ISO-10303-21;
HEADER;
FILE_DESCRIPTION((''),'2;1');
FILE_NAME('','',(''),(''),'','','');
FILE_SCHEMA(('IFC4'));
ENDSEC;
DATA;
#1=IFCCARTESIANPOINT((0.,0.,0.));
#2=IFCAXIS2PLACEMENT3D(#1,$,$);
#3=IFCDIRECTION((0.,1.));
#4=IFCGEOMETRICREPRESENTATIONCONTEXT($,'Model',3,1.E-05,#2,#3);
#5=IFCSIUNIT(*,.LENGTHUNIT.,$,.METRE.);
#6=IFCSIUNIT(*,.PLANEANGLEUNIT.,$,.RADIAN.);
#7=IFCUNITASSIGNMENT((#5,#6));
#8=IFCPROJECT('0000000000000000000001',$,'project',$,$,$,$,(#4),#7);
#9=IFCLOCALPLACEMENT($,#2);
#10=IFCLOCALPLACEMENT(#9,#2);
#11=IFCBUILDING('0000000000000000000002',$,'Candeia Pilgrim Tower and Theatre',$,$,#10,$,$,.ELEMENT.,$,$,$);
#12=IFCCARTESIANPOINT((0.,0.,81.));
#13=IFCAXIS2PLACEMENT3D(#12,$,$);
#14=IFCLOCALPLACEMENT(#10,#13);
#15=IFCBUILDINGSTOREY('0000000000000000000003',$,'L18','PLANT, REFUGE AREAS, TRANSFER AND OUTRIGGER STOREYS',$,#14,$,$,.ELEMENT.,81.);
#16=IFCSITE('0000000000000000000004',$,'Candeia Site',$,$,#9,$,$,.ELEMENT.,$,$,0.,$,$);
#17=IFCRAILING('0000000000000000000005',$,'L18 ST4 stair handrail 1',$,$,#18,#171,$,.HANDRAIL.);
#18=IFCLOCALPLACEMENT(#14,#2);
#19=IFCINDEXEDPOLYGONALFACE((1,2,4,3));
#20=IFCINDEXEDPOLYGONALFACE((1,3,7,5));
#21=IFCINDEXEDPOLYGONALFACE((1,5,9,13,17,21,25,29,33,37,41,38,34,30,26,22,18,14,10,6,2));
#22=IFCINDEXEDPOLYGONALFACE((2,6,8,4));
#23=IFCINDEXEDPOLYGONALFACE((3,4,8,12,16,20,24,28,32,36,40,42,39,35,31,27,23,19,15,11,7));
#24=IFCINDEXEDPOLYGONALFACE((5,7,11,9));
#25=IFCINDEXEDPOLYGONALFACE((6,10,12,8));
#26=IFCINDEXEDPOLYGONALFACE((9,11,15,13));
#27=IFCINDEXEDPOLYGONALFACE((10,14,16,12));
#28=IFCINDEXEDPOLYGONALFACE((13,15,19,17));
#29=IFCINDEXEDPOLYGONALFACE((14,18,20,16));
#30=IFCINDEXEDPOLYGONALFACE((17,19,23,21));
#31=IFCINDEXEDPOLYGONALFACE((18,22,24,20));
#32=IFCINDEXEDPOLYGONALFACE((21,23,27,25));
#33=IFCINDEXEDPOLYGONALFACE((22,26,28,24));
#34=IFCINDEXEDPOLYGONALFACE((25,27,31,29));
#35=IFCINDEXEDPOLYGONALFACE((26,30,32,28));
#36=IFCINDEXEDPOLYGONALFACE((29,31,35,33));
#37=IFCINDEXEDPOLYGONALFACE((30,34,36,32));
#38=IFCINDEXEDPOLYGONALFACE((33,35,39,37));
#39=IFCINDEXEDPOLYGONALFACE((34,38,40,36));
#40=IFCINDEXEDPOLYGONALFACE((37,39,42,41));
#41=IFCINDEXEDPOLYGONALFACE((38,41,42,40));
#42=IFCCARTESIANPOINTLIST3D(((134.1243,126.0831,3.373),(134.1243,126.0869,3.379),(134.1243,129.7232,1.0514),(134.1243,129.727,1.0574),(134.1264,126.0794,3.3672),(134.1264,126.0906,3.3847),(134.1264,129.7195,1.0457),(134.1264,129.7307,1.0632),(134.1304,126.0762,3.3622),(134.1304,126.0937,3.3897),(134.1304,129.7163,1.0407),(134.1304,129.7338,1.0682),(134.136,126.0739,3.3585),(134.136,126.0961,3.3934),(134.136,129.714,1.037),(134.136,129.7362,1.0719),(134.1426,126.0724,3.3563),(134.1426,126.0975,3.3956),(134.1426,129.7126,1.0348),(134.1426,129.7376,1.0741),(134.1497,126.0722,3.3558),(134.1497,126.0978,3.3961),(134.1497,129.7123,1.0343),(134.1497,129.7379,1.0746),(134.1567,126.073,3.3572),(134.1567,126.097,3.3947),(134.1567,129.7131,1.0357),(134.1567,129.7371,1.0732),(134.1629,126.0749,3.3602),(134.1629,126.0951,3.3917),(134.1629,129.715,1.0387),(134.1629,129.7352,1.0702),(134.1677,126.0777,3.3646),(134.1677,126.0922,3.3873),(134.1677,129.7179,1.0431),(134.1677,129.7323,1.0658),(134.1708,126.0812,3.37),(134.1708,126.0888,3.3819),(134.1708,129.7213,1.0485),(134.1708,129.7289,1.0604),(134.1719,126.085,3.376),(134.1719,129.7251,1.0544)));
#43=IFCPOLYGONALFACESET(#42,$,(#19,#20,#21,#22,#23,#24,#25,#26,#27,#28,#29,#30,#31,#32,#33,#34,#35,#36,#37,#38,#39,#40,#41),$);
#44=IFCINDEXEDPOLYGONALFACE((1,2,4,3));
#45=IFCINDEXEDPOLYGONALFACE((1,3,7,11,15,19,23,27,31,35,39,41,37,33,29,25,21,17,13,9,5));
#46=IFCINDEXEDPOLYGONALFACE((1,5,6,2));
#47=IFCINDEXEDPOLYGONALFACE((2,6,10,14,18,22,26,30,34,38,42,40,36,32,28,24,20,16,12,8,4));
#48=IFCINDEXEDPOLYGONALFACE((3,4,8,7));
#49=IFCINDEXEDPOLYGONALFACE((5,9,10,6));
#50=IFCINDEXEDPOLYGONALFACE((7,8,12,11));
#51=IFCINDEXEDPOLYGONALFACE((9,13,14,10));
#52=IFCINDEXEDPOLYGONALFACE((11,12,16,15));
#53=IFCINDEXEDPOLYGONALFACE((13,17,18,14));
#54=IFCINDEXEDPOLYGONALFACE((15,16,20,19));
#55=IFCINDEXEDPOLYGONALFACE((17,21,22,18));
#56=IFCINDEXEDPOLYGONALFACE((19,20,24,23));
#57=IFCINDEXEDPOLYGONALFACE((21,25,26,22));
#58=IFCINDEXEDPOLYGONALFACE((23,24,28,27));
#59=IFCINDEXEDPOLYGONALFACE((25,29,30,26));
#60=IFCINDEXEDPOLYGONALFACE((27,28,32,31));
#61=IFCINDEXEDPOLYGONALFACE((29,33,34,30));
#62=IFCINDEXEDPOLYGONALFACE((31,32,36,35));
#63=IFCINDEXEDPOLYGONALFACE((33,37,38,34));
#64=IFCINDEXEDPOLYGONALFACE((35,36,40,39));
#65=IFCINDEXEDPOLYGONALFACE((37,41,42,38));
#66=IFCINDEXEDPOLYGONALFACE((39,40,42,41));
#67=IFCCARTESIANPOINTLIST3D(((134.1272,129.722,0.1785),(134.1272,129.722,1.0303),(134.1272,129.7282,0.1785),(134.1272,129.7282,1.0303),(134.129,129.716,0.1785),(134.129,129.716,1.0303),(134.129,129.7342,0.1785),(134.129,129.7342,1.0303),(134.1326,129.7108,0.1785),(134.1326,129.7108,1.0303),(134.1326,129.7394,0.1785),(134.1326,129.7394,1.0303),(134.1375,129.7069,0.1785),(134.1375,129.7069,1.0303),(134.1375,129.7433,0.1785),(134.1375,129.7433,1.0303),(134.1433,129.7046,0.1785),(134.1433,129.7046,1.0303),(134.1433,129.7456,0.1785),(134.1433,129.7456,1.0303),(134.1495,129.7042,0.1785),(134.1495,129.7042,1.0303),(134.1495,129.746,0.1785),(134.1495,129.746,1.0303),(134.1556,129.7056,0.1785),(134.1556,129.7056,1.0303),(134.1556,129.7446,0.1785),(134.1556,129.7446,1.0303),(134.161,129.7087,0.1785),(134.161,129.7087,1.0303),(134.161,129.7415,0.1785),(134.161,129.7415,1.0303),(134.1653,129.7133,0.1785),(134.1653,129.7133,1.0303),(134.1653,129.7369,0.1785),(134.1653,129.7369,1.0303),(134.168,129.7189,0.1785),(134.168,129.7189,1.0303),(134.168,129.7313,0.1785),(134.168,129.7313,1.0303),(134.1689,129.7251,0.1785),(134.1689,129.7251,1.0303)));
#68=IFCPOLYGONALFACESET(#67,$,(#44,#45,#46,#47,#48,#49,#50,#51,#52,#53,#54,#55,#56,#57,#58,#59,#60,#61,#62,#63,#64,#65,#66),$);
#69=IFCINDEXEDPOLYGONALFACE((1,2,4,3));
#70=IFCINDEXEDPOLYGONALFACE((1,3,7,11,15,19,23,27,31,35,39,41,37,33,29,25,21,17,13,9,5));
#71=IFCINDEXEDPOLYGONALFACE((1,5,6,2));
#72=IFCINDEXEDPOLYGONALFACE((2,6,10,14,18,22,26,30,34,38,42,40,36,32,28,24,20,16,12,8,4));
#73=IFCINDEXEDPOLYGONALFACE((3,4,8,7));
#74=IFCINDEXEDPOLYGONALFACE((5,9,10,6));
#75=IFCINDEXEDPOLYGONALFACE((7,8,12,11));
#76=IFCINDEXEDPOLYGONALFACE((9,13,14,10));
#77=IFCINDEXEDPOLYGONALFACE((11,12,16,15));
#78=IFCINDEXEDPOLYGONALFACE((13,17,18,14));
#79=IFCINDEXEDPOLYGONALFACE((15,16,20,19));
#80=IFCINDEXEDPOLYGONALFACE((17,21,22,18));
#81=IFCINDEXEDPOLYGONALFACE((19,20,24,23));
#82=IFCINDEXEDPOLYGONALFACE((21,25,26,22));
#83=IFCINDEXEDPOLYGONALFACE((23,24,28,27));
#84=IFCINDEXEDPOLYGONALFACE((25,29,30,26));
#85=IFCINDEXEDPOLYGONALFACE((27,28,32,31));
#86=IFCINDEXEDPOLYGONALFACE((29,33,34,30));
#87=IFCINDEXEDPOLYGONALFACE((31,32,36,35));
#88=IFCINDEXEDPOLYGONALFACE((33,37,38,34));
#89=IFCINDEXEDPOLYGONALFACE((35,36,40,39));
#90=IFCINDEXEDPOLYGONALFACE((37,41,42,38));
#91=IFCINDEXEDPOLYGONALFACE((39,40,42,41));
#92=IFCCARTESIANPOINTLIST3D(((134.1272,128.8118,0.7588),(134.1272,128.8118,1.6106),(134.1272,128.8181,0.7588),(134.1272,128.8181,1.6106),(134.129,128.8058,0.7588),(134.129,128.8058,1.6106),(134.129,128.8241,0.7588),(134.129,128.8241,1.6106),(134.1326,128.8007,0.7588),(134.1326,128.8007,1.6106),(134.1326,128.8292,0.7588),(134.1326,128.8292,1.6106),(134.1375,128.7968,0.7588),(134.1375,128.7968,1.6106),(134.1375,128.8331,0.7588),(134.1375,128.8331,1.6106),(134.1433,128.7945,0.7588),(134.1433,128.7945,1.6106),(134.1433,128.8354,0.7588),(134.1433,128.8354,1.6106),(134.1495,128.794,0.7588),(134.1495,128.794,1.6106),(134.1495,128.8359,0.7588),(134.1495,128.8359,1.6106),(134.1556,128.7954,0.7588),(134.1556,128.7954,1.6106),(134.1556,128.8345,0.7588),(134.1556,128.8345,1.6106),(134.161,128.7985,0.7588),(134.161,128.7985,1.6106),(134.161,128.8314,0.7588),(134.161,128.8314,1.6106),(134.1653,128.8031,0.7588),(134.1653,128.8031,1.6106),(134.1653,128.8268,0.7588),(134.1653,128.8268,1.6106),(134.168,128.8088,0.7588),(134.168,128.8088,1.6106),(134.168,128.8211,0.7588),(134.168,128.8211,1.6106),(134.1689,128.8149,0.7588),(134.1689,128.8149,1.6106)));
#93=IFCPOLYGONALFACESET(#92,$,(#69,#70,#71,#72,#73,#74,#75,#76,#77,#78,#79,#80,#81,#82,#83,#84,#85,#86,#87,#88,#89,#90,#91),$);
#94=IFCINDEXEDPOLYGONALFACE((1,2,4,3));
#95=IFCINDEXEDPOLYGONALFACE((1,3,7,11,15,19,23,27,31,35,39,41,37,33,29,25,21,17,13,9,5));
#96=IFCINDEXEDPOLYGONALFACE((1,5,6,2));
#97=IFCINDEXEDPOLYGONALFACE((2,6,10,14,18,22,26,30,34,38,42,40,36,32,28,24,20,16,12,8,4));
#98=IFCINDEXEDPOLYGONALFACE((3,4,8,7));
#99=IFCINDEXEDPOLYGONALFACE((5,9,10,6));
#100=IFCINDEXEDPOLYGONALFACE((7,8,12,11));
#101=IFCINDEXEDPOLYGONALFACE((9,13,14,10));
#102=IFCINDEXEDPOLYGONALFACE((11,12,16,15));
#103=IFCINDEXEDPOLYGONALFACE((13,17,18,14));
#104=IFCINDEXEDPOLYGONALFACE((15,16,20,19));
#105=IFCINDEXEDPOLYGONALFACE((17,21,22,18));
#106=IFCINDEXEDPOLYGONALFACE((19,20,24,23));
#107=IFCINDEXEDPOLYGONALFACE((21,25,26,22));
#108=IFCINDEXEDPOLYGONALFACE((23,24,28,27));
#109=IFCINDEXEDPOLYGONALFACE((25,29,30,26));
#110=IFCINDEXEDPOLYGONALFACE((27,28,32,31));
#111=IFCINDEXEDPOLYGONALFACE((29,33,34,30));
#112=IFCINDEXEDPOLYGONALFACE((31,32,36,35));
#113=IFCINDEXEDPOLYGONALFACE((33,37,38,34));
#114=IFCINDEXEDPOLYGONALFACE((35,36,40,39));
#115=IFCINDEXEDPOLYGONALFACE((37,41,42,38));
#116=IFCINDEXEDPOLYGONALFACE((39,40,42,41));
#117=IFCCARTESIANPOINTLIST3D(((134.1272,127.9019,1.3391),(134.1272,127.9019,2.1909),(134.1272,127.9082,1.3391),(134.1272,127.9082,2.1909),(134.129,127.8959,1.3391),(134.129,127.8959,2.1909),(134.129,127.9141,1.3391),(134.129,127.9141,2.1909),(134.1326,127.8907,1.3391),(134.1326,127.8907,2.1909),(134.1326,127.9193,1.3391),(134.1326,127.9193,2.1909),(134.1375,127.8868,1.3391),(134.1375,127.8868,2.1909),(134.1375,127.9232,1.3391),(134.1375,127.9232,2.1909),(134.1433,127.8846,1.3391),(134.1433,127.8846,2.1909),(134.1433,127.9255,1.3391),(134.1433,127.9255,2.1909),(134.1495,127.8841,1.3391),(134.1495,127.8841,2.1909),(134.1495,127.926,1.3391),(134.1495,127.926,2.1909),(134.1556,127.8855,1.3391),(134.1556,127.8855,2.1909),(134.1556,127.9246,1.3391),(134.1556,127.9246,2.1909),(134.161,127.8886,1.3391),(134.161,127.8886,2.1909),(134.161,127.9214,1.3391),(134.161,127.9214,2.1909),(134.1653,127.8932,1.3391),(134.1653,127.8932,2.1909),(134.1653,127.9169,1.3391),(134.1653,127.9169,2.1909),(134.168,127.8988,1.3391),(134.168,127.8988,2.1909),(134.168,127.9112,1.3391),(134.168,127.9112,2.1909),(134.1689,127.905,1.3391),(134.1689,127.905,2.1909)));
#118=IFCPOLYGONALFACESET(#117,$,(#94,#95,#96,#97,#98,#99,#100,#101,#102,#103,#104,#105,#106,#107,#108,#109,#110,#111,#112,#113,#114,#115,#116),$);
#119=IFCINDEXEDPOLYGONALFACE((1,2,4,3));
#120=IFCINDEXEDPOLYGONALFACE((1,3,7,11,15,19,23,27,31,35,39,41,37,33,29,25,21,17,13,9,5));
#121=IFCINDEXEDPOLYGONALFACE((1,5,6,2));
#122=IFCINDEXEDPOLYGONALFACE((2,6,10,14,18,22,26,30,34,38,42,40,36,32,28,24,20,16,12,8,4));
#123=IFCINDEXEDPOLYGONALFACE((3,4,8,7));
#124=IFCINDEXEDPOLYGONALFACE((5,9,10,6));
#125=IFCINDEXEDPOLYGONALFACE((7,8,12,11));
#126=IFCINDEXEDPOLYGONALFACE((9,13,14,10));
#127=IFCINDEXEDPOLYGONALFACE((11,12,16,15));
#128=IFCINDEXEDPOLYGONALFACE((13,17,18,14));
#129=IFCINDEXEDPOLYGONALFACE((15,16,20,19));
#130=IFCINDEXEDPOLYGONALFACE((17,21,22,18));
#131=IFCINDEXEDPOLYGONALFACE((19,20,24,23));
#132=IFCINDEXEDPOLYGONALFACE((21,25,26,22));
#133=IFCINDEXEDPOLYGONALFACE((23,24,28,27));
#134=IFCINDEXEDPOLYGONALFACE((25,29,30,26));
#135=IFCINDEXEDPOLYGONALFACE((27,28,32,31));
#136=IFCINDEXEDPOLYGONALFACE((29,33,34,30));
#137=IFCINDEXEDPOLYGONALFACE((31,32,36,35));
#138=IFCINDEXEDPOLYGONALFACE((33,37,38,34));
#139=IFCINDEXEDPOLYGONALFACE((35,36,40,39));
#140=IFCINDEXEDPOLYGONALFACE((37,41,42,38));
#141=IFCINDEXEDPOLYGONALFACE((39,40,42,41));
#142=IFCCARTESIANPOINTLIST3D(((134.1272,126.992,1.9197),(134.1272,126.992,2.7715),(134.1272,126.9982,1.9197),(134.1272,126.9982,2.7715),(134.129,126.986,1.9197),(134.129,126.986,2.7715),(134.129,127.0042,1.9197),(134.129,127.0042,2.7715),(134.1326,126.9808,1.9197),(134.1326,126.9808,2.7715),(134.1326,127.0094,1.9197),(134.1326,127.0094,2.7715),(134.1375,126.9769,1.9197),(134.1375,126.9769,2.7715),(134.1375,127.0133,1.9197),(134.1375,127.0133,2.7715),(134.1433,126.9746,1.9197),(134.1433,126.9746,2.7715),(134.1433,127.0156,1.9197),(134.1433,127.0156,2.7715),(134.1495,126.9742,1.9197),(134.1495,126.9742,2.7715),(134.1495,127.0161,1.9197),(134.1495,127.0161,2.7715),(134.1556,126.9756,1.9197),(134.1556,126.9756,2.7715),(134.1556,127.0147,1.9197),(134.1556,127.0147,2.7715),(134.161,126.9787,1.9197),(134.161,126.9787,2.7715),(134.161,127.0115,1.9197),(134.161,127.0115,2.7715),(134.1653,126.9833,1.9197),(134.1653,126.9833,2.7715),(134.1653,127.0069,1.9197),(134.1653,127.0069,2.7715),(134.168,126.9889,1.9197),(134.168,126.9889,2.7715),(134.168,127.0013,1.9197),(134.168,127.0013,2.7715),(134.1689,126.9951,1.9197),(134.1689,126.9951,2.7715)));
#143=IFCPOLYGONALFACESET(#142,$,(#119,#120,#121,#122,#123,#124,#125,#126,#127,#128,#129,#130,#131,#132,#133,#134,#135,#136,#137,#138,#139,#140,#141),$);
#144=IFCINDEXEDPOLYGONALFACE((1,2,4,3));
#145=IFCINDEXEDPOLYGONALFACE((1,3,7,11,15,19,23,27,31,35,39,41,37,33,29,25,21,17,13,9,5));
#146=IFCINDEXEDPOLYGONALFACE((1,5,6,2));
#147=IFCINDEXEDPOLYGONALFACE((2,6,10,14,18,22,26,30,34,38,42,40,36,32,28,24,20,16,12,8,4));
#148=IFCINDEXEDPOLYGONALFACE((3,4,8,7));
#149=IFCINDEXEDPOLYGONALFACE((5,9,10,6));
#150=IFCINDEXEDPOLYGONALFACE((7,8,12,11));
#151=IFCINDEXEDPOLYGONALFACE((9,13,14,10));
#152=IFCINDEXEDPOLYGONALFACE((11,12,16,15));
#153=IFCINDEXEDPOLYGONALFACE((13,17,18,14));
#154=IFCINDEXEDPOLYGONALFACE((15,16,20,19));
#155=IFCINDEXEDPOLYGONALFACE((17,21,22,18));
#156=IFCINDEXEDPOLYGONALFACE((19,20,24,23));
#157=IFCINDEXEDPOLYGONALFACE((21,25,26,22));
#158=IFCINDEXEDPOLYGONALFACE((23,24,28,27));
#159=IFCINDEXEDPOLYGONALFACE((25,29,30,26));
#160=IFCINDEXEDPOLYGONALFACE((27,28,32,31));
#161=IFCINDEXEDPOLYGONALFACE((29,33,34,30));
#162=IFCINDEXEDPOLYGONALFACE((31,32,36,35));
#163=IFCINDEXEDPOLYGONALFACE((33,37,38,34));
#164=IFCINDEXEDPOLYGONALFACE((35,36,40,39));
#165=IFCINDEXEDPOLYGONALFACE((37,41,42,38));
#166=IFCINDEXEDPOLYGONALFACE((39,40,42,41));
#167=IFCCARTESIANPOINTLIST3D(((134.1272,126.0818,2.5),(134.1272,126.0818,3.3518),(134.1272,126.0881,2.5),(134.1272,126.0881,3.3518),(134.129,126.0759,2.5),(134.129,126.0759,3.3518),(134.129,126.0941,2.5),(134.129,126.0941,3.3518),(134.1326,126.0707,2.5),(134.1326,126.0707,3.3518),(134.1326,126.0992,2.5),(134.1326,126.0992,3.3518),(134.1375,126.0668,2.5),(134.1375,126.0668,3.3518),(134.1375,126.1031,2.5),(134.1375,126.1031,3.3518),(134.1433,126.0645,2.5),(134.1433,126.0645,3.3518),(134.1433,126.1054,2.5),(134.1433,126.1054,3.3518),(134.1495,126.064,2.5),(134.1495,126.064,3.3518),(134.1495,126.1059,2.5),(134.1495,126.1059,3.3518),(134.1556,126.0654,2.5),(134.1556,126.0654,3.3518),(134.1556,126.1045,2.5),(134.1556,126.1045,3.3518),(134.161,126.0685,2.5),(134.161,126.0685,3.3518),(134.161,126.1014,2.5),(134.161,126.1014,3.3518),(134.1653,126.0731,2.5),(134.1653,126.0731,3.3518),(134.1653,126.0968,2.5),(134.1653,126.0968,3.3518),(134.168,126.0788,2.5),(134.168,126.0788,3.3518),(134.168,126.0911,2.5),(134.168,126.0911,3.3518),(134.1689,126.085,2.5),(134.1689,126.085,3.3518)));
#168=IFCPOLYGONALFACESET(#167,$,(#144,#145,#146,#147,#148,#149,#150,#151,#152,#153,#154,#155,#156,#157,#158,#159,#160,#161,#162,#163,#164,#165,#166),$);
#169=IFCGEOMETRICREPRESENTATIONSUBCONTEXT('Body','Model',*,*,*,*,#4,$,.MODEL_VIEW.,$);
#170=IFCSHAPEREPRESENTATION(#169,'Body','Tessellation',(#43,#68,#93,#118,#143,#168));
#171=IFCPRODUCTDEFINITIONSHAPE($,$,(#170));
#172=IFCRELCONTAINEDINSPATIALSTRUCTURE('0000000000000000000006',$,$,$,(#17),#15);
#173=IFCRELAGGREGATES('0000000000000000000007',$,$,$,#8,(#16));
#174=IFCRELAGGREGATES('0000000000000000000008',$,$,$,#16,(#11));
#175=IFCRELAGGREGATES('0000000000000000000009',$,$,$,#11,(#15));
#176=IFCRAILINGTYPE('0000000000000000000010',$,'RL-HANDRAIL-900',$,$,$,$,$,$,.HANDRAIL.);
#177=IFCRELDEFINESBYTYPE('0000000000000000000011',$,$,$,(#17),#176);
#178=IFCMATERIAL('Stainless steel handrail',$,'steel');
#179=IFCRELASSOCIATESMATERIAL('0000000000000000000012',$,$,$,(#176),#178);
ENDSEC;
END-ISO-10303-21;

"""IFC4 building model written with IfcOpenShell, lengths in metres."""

from ifc_helpers import new_model, si_unit, direction, frame, origin, origin_2d, place, context, subcontext, project, spatial, circle, extrude, material, type_object, element, save


model = new_model("IFC4")

# Units and contexts
model_context = context("Model", 3, precision=1e-05, world=origin(), true_north=direction((0.0, 1.0)))
body_context = subcontext(model_context, "Body", "Model", "MODEL_VIEW")
ifc_project = project(units=[si_unit("LENGTHUNIT", "METRE"), si_unit("PLANEANGLEUNIT", "RADIAN")], contexts=[model_context])

# Site, building, storey
site_placement = place(None, origin())
site = spatial("IfcSite", under=ifc_project, at=site_placement, Name="Candeia Site", CompositionType="ELEMENT", RefElevation=0.0)
building_placement = place(site_placement, origin())
building = spatial("IfcBuilding", under=site, at=building_placement, Name="Candeia Pilgrim Tower and Theatre", CompositionType="ELEMENT")
storey_placement = place(building_placement, frame((0.0, 0.0, 81.0)))
storey = spatial("IfcBuildingStorey", under=building, at=storey_placement, Name="L18", Description="PLANT, REFUGE AREAS, TRANSFER AND OUTRIGGER STOREYS", CompositionType="ELEMENT", Elevation=81.0)

# Railing
ifc_material_1 = material(Name="Stainless steel handrail", Category="steel")
railing_type_1 = type_object("IfcRailingType", Name="RL-HANDRAIL-900", PredefinedType="HANDRAIL", material=ifc_material_1)
railing_1_placement = place(storey_placement, frame((134.1479, 129.7251, 0.1785)))
element("IfcRailing", 1, at=railing_1_placement, inside=storey, type_object=railing_type_1, Name="L18 ST4 stair handrail 1", PredefinedType="HANDRAIL", context=body_context, shape_type="SweptSolid", body=[
    extrude(circle(Radius=0.0239, at=origin_2d()), frame((0.0, 0.0, 0.876), z_axis=(0.0, -0.843128, 0.537713), x_axis=(1.0, 0.0, 0.0)), (0.0, 0.0, 1.0), 4.3174),
    extrude(circle(Radius=0.021, at=origin_2d()), origin(), (0.0, 0.0, 1.0), 0.8518),
    extrude(circle(Radius=0.021, at=origin_2d()), frame((0.0, -0.9102, 0.5803)), (0.0, 0.0, 1.0), 0.8518),
    extrude(circle(Radius=0.021, at=origin_2d()), frame((0.0, -1.8201, 1.1606)), (0.0, 0.0, 1.0), 0.8518),
    extrude(circle(Radius=0.021, at=origin_2d()), frame((0.0, -2.73, 1.7412)), (0.0, 0.0, 1.0), 0.8518),
    extrude(circle(Radius=0.021, at=origin_2d()), frame((0.0, -3.6401, 2.3215)), (0.0, 0.0, 1.0), 0.8518),
])

save(model, "model.ifc")
